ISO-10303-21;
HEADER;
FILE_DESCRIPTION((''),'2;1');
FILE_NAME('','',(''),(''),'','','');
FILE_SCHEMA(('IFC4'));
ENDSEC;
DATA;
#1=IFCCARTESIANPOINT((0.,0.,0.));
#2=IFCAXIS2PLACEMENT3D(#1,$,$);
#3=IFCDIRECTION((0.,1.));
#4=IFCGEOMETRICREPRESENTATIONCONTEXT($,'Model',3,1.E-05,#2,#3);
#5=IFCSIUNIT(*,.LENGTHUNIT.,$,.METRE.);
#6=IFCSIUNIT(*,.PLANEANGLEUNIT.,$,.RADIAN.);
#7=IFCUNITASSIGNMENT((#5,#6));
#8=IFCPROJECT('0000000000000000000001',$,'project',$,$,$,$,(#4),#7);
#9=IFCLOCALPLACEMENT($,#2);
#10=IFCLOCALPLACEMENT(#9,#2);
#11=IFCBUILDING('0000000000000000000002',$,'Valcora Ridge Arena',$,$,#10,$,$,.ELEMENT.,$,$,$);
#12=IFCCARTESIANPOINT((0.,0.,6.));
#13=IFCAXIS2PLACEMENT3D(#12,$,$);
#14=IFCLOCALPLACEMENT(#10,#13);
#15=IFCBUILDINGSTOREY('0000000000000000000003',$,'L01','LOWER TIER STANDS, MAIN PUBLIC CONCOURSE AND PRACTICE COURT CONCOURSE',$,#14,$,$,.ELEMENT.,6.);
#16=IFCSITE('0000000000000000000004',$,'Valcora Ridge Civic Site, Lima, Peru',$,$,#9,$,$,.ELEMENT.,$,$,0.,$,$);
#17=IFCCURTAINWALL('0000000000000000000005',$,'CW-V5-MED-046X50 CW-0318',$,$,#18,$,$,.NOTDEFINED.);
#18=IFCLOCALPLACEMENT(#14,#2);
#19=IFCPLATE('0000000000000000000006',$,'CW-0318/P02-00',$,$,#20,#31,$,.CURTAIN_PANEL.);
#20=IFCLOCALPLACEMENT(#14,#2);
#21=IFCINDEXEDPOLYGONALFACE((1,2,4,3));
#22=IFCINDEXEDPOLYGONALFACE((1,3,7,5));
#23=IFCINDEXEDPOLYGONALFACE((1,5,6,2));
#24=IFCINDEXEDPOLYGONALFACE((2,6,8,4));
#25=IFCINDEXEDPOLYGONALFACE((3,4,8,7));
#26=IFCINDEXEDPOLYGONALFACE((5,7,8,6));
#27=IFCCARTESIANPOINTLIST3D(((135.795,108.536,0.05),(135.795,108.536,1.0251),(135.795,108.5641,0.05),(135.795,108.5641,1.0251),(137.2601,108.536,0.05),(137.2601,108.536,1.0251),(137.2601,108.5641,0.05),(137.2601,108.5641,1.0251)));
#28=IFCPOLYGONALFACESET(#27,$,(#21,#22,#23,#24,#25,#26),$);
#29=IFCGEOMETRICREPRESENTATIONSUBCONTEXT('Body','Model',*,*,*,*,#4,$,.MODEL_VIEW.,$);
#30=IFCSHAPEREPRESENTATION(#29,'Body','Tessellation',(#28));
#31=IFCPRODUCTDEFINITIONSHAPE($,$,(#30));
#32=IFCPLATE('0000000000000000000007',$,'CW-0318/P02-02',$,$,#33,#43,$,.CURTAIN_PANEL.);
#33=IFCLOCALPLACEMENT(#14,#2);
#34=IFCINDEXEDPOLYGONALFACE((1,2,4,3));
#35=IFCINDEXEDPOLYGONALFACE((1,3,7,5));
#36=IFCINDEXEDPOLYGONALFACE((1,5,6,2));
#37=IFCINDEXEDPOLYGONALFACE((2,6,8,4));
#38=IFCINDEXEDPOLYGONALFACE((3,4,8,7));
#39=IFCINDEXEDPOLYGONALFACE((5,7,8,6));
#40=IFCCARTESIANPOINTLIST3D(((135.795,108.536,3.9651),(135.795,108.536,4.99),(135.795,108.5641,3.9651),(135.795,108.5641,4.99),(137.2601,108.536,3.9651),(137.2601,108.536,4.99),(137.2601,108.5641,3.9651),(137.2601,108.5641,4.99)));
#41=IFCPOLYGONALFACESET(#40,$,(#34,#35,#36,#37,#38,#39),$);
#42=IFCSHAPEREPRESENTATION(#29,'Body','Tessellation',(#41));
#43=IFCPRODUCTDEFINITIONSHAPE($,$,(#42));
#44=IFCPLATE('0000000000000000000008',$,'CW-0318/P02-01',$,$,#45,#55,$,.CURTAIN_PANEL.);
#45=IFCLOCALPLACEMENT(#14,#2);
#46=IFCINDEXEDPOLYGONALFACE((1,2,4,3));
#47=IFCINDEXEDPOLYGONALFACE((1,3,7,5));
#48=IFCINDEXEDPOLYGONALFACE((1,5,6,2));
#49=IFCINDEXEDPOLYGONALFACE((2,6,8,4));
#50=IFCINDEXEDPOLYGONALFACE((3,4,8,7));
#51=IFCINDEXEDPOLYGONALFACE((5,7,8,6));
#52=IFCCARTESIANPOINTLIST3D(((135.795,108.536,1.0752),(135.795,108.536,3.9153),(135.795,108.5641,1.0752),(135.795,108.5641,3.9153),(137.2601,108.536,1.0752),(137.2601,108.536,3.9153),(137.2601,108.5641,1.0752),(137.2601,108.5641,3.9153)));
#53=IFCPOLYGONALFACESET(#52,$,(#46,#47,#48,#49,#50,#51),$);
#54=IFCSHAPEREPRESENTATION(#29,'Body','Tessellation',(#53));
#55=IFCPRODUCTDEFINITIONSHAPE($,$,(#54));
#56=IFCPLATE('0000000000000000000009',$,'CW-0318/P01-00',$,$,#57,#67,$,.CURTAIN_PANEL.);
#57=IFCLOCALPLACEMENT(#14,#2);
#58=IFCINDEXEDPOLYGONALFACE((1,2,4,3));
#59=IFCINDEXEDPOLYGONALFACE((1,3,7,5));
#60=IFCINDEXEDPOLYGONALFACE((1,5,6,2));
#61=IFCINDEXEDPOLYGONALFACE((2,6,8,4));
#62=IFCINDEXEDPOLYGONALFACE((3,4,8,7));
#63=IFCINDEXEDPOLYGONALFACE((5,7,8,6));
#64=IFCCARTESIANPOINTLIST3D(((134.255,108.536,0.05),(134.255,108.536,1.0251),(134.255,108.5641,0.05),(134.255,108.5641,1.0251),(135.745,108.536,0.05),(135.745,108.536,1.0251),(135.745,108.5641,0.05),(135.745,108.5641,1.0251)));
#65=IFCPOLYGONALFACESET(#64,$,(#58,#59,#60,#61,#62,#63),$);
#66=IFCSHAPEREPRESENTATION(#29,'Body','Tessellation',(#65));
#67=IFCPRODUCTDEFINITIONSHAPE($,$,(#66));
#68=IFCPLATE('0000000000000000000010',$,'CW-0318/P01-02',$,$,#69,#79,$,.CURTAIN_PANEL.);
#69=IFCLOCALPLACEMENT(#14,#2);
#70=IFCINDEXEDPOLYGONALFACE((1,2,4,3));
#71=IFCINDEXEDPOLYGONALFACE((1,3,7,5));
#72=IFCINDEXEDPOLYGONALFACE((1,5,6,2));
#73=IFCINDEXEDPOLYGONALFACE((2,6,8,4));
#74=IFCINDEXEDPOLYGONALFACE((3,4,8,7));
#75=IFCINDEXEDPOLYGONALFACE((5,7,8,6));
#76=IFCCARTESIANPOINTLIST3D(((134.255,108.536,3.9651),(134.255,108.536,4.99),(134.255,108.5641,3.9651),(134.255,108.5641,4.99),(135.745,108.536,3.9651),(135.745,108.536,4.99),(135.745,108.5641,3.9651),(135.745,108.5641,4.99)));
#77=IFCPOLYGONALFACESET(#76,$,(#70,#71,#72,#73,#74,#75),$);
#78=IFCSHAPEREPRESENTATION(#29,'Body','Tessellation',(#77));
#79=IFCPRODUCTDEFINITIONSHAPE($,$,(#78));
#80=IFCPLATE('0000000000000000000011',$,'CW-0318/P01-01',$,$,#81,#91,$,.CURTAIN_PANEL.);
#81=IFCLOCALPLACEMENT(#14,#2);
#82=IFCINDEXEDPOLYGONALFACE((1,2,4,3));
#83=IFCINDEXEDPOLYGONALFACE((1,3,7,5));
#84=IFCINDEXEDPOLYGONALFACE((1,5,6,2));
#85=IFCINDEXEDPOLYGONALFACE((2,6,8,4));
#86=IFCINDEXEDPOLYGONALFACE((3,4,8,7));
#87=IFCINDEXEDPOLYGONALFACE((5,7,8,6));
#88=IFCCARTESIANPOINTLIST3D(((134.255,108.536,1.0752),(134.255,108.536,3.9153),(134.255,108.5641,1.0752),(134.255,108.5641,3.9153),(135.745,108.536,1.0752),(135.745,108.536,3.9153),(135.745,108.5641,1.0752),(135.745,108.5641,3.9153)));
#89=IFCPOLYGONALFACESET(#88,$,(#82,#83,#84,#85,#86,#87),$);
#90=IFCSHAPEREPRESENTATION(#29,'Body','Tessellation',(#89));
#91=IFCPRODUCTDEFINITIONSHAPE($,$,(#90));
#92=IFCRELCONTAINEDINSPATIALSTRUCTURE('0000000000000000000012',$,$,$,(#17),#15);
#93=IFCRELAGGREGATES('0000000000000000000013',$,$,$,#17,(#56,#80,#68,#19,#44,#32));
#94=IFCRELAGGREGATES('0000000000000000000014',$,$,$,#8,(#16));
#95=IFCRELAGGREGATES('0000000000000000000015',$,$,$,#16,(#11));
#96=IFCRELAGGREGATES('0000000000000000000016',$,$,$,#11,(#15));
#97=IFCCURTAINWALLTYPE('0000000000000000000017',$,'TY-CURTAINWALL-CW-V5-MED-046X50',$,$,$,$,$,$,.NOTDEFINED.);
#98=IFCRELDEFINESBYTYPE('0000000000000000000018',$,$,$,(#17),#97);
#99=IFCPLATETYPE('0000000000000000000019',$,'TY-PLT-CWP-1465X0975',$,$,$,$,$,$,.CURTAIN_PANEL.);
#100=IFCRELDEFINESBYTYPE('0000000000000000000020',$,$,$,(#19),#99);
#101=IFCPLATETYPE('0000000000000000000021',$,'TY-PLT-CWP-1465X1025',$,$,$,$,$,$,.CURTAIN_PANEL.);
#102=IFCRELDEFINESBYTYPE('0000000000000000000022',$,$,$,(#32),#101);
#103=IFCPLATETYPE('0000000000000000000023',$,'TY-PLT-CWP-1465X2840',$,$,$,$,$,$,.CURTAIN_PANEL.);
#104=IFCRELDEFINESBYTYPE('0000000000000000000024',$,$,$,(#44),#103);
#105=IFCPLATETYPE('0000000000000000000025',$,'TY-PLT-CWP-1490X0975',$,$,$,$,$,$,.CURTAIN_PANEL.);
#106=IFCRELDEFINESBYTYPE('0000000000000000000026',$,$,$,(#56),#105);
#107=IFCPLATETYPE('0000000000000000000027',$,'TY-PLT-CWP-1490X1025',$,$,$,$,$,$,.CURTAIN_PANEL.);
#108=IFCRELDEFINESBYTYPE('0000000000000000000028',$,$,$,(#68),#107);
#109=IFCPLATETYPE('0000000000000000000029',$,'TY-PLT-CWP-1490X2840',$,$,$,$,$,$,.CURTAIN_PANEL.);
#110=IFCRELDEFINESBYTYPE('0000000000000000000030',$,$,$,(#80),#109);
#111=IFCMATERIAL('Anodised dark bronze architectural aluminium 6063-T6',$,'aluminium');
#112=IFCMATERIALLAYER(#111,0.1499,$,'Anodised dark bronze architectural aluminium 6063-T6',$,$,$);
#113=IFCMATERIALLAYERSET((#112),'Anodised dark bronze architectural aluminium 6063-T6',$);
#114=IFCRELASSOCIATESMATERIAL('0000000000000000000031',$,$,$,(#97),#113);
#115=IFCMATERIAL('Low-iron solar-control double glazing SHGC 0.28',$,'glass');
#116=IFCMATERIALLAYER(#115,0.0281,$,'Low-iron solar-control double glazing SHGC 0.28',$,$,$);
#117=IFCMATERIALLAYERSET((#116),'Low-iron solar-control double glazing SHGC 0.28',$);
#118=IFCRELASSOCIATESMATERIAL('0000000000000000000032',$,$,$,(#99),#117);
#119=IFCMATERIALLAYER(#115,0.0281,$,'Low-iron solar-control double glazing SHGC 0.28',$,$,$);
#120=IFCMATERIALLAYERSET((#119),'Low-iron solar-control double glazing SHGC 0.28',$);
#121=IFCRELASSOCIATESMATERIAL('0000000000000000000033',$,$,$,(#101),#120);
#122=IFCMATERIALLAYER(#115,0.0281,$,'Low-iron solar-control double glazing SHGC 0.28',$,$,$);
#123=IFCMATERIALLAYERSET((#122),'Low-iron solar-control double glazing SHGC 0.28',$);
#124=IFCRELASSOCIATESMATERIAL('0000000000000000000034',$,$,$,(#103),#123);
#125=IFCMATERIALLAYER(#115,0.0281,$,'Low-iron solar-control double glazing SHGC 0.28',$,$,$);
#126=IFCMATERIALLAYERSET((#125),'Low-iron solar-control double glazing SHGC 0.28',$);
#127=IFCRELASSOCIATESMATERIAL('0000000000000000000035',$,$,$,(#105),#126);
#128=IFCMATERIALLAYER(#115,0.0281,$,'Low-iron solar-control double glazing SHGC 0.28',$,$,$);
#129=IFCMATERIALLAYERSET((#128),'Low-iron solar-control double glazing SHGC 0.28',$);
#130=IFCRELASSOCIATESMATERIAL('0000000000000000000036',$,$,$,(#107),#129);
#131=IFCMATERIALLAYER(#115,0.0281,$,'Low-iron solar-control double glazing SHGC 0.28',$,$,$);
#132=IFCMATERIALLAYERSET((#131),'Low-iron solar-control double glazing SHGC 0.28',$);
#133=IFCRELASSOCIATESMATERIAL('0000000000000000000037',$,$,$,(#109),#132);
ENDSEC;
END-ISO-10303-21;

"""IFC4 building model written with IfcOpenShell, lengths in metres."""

from ifc_helpers import new_model, si_unit, direction, frame, origin, origin_2d, place, context, subcontext, project, spatial, rectangle, extrude, material, layer, layer_set, type_object, element, aggregate, save


model = new_model("IFC4")

# Units and contexts
model_context = context("Model", 3, precision=1e-05, world=origin(), true_north=direction((0.0, 1.0)))
body_context = subcontext(model_context, "Body", "Model", "MODEL_VIEW")
ifc_project = project(units=[si_unit("LENGTHUNIT", "METRE"), si_unit("PLANEANGLEUNIT", "RADIAN")], contexts=[model_context])

# Site, building, storey
site_placement = place(None, origin())
site = spatial("IfcSite", under=ifc_project, at=site_placement, Name="Valcora Ridge Civic Site, Lima, Peru", CompositionType="ELEMENT", RefElevation=0.0)
building_placement = place(site_placement, origin())
building = spatial("IfcBuilding", under=site, at=building_placement, Name="Valcora Ridge Arena", CompositionType="ELEMENT")
storey_placement = place(building_placement, frame((0.0, 0.0, 6.0)))
storey = spatial("IfcBuildingStorey", under=building, at=storey_placement, Name="L01", Description="LOWER TIER STANDS, MAIN PUBLIC CONCOURSE AND PRACTICE COURT CONCOURSE", CompositionType="ELEMENT", Elevation=6.0)

# Curtain wall
ifc_material_1 = material(Name="Anodised dark bronze architectural aluminium 6063-T6", Category="aluminium")
ifc_layer_1 = layer(ifc_material_1, 0.1499, Name="Anodised dark bronze architectural aluminium 6063-T6")
ifc_layer_set_1 = layer_set([ifc_layer_1], Name="Anodised dark bronze architectural aluminium 6063-T6")
curtain_wall_type = type_object("IfcCurtainWallType", Name="TY-CURTAINWALL-CW-V5-MED-046X50", PredefinedType="NOTDEFINED", material=ifc_layer_set_1)
curtain_wall_1_placement = place(storey_placement, origin())
curtain_wall_1 = element("IfcCurtainWall", 1, at=curtain_wall_1_placement, inside=storey, type_object=curtain_wall_type, Name="CW-V5-MED-046X50 CW-0318", PredefinedType="NOTDEFINED")

# Plates
ifc_material_2 = material(Name="Low-iron solar-control double glazing SHGC 0.28", Category="glass")
ifc_layer_2 = layer(ifc_material_2, 0.0281, Name="Low-iron solar-control double glazing SHGC 0.28")
ifc_layer_set_2 = layer_set([ifc_layer_2], Name="Low-iron solar-control double glazing SHGC 0.28")
plate_type_1 = type_object("IfcPlateType", Name="TY-PLT-CWP-1465X0975", PredefinedType="CURTAIN_PANEL", material=ifc_layer_set_2)
plate_1_placement = place(storey_placement, frame((136.5276, 108.55, 0.05), z_axis=(0.0, 0.0, 1.0), x_axis=(1.0, 0.0, 0.0)))
plate_1 = element("IfcPlate", 2, at=plate_1_placement, type_object=plate_type_1, Name="CW-0318/P02-00", PredefinedType="CURTAIN_PANEL", context=body_context, shape_type="SweptSolid", body=[
    extrude(rectangle(XDim=1.4651, YDim=0.0281, at=origin_2d()), origin(), (0.0, 0.0, 1.0), 0.9751),
])
ifc_layer_3 = layer(ifc_material_2, 0.0281, Name="Low-iron solar-control double glazing SHGC 0.28")
ifc_layer_set_3 = layer_set([ifc_layer_3], Name="Low-iron solar-control double glazing SHGC 0.28")
plate_type_2 = type_object("IfcPlateType", Name="TY-PLT-CWP-1465X1025", PredefinedType="CURTAIN_PANEL", material=ifc_layer_set_3)
plate_2_placement = place(storey_placement, frame((136.5276, 108.55, 3.9651), z_axis=(0.0, 0.0, 1.0), x_axis=(1.0, 0.0, 0.0)))
plate_2 = element("IfcPlate", 3, at=plate_2_placement, type_object=plate_type_2, Name="CW-0318/P02-02", PredefinedType="CURTAIN_PANEL", context=body_context, shape_type="SweptSolid", body=[
    extrude(rectangle(XDim=1.4651, YDim=0.0281, at=origin_2d()), origin(), (0.0, 0.0, 1.0), 1.0249),
])
ifc_layer_4 = layer(ifc_material_2, 0.0281, Name="Low-iron solar-control double glazing SHGC 0.28")
ifc_layer_set_4 = layer_set([ifc_layer_4], Name="Low-iron solar-control double glazing SHGC 0.28")
plate_type_3 = type_object("IfcPlateType", Name="TY-PLT-CWP-1465X2840", PredefinedType="CURTAIN_PANEL", material=ifc_layer_set_4)
plate_3_placement = place(storey_placement, frame((136.5276, 108.55, 1.0752), z_axis=(0.0, 0.0, 1.0), x_axis=(1.0, 0.0, 0.0)))
plate_3 = element("IfcPlate", 4, at=plate_3_placement, type_object=plate_type_3, Name="CW-0318/P02-01", PredefinedType="CURTAIN_PANEL", context=body_context, shape_type="SweptSolid", body=[
    extrude(rectangle(XDim=1.4651, YDim=0.0281, at=origin_2d()), origin(), (0.0, 0.0, 1.0), 2.8401),
])
ifc_layer_5 = layer(ifc_material_2, 0.0281, Name="Low-iron solar-control double glazing SHGC 0.28")
ifc_layer_set_5 = layer_set([ifc_layer_5], Name="Low-iron solar-control double glazing SHGC 0.28")
plate_type_4 = type_object("IfcPlateType", Name="TY-PLT-CWP-1490X0975", PredefinedType="CURTAIN_PANEL", material=ifc_layer_set_5)
plate_4_placement = place(storey_placement, frame((135.0, 108.55, 0.05), z_axis=(0.0, 0.0, 1.0), x_axis=(1.0, 0.0, 0.0)))
plate_4 = element("IfcPlate", 5, at=plate_4_placement, type_object=plate_type_4, Name="CW-0318/P01-00", PredefinedType="CURTAIN_PANEL", context=body_context, shape_type="SweptSolid", body=[
    extrude(rectangle(XDim=1.49, YDim=0.0281, at=origin_2d()), origin(), (0.0, 0.0, 1.0), 0.9751),
])
ifc_layer_6 = layer(ifc_material_2, 0.0281, Name="Low-iron solar-control double glazing SHGC 0.28")
ifc_layer_set_6 = layer_set([ifc_layer_6], Name="Low-iron solar-control double glazing SHGC 0.28")
plate_type_5 = type_object("IfcPlateType", Name="TY-PLT-CWP-1490X1025", PredefinedType="CURTAIN_PANEL", material=ifc_layer_set_6)
plate_5_placement = place(storey_placement, frame((135.0, 108.55, 3.9651), z_axis=(0.0, 0.0, 1.0), x_axis=(1.0, 0.0, 0.0)))
plate_5 = element("IfcPlate", 6, at=plate_5_placement, type_object=plate_type_5, Name="CW-0318/P01-02", PredefinedType="CURTAIN_PANEL", context=body_context, shape_type="SweptSolid", body=[
    extrude(rectangle(XDim=1.49, YDim=0.0281, at=origin_2d()), origin(), (0.0, 0.0, 1.0), 1.0249),
])
ifc_layer_7 = layer(ifc_material_2, 0.0281, Name="Low-iron solar-control double glazing SHGC 0.28")
ifc_layer_set_7 = layer_set([ifc_layer_7], Name="Low-iron solar-control double glazing SHGC 0.28")
plate_type_6 = type_object("IfcPlateType", Name="TY-PLT-CWP-1490X2840", PredefinedType="CURTAIN_PANEL", material=ifc_layer_set_7)
plate_6_placement = place(storey_placement, frame((135.0, 108.55, 1.0752), z_axis=(0.0, 0.0, 1.0), x_axis=(1.0, 0.0, 0.0)))
plate_6 = element("IfcPlate", 7, at=plate_6_placement, type_object=plate_type_6, Name="CW-0318/P01-01", PredefinedType="CURTAIN_PANEL", context=body_context, shape_type="SweptSolid", body=[
    extrude(rectangle(XDim=1.49, YDim=0.0281, at=origin_2d()), origin(), (0.0, 0.0, 1.0), 2.8401),
])
aggregate(curtain_wall_1, [plate_4, plate_6, plate_5, plate_1, plate_3, plate_2])

save(model, "model.ifc")
